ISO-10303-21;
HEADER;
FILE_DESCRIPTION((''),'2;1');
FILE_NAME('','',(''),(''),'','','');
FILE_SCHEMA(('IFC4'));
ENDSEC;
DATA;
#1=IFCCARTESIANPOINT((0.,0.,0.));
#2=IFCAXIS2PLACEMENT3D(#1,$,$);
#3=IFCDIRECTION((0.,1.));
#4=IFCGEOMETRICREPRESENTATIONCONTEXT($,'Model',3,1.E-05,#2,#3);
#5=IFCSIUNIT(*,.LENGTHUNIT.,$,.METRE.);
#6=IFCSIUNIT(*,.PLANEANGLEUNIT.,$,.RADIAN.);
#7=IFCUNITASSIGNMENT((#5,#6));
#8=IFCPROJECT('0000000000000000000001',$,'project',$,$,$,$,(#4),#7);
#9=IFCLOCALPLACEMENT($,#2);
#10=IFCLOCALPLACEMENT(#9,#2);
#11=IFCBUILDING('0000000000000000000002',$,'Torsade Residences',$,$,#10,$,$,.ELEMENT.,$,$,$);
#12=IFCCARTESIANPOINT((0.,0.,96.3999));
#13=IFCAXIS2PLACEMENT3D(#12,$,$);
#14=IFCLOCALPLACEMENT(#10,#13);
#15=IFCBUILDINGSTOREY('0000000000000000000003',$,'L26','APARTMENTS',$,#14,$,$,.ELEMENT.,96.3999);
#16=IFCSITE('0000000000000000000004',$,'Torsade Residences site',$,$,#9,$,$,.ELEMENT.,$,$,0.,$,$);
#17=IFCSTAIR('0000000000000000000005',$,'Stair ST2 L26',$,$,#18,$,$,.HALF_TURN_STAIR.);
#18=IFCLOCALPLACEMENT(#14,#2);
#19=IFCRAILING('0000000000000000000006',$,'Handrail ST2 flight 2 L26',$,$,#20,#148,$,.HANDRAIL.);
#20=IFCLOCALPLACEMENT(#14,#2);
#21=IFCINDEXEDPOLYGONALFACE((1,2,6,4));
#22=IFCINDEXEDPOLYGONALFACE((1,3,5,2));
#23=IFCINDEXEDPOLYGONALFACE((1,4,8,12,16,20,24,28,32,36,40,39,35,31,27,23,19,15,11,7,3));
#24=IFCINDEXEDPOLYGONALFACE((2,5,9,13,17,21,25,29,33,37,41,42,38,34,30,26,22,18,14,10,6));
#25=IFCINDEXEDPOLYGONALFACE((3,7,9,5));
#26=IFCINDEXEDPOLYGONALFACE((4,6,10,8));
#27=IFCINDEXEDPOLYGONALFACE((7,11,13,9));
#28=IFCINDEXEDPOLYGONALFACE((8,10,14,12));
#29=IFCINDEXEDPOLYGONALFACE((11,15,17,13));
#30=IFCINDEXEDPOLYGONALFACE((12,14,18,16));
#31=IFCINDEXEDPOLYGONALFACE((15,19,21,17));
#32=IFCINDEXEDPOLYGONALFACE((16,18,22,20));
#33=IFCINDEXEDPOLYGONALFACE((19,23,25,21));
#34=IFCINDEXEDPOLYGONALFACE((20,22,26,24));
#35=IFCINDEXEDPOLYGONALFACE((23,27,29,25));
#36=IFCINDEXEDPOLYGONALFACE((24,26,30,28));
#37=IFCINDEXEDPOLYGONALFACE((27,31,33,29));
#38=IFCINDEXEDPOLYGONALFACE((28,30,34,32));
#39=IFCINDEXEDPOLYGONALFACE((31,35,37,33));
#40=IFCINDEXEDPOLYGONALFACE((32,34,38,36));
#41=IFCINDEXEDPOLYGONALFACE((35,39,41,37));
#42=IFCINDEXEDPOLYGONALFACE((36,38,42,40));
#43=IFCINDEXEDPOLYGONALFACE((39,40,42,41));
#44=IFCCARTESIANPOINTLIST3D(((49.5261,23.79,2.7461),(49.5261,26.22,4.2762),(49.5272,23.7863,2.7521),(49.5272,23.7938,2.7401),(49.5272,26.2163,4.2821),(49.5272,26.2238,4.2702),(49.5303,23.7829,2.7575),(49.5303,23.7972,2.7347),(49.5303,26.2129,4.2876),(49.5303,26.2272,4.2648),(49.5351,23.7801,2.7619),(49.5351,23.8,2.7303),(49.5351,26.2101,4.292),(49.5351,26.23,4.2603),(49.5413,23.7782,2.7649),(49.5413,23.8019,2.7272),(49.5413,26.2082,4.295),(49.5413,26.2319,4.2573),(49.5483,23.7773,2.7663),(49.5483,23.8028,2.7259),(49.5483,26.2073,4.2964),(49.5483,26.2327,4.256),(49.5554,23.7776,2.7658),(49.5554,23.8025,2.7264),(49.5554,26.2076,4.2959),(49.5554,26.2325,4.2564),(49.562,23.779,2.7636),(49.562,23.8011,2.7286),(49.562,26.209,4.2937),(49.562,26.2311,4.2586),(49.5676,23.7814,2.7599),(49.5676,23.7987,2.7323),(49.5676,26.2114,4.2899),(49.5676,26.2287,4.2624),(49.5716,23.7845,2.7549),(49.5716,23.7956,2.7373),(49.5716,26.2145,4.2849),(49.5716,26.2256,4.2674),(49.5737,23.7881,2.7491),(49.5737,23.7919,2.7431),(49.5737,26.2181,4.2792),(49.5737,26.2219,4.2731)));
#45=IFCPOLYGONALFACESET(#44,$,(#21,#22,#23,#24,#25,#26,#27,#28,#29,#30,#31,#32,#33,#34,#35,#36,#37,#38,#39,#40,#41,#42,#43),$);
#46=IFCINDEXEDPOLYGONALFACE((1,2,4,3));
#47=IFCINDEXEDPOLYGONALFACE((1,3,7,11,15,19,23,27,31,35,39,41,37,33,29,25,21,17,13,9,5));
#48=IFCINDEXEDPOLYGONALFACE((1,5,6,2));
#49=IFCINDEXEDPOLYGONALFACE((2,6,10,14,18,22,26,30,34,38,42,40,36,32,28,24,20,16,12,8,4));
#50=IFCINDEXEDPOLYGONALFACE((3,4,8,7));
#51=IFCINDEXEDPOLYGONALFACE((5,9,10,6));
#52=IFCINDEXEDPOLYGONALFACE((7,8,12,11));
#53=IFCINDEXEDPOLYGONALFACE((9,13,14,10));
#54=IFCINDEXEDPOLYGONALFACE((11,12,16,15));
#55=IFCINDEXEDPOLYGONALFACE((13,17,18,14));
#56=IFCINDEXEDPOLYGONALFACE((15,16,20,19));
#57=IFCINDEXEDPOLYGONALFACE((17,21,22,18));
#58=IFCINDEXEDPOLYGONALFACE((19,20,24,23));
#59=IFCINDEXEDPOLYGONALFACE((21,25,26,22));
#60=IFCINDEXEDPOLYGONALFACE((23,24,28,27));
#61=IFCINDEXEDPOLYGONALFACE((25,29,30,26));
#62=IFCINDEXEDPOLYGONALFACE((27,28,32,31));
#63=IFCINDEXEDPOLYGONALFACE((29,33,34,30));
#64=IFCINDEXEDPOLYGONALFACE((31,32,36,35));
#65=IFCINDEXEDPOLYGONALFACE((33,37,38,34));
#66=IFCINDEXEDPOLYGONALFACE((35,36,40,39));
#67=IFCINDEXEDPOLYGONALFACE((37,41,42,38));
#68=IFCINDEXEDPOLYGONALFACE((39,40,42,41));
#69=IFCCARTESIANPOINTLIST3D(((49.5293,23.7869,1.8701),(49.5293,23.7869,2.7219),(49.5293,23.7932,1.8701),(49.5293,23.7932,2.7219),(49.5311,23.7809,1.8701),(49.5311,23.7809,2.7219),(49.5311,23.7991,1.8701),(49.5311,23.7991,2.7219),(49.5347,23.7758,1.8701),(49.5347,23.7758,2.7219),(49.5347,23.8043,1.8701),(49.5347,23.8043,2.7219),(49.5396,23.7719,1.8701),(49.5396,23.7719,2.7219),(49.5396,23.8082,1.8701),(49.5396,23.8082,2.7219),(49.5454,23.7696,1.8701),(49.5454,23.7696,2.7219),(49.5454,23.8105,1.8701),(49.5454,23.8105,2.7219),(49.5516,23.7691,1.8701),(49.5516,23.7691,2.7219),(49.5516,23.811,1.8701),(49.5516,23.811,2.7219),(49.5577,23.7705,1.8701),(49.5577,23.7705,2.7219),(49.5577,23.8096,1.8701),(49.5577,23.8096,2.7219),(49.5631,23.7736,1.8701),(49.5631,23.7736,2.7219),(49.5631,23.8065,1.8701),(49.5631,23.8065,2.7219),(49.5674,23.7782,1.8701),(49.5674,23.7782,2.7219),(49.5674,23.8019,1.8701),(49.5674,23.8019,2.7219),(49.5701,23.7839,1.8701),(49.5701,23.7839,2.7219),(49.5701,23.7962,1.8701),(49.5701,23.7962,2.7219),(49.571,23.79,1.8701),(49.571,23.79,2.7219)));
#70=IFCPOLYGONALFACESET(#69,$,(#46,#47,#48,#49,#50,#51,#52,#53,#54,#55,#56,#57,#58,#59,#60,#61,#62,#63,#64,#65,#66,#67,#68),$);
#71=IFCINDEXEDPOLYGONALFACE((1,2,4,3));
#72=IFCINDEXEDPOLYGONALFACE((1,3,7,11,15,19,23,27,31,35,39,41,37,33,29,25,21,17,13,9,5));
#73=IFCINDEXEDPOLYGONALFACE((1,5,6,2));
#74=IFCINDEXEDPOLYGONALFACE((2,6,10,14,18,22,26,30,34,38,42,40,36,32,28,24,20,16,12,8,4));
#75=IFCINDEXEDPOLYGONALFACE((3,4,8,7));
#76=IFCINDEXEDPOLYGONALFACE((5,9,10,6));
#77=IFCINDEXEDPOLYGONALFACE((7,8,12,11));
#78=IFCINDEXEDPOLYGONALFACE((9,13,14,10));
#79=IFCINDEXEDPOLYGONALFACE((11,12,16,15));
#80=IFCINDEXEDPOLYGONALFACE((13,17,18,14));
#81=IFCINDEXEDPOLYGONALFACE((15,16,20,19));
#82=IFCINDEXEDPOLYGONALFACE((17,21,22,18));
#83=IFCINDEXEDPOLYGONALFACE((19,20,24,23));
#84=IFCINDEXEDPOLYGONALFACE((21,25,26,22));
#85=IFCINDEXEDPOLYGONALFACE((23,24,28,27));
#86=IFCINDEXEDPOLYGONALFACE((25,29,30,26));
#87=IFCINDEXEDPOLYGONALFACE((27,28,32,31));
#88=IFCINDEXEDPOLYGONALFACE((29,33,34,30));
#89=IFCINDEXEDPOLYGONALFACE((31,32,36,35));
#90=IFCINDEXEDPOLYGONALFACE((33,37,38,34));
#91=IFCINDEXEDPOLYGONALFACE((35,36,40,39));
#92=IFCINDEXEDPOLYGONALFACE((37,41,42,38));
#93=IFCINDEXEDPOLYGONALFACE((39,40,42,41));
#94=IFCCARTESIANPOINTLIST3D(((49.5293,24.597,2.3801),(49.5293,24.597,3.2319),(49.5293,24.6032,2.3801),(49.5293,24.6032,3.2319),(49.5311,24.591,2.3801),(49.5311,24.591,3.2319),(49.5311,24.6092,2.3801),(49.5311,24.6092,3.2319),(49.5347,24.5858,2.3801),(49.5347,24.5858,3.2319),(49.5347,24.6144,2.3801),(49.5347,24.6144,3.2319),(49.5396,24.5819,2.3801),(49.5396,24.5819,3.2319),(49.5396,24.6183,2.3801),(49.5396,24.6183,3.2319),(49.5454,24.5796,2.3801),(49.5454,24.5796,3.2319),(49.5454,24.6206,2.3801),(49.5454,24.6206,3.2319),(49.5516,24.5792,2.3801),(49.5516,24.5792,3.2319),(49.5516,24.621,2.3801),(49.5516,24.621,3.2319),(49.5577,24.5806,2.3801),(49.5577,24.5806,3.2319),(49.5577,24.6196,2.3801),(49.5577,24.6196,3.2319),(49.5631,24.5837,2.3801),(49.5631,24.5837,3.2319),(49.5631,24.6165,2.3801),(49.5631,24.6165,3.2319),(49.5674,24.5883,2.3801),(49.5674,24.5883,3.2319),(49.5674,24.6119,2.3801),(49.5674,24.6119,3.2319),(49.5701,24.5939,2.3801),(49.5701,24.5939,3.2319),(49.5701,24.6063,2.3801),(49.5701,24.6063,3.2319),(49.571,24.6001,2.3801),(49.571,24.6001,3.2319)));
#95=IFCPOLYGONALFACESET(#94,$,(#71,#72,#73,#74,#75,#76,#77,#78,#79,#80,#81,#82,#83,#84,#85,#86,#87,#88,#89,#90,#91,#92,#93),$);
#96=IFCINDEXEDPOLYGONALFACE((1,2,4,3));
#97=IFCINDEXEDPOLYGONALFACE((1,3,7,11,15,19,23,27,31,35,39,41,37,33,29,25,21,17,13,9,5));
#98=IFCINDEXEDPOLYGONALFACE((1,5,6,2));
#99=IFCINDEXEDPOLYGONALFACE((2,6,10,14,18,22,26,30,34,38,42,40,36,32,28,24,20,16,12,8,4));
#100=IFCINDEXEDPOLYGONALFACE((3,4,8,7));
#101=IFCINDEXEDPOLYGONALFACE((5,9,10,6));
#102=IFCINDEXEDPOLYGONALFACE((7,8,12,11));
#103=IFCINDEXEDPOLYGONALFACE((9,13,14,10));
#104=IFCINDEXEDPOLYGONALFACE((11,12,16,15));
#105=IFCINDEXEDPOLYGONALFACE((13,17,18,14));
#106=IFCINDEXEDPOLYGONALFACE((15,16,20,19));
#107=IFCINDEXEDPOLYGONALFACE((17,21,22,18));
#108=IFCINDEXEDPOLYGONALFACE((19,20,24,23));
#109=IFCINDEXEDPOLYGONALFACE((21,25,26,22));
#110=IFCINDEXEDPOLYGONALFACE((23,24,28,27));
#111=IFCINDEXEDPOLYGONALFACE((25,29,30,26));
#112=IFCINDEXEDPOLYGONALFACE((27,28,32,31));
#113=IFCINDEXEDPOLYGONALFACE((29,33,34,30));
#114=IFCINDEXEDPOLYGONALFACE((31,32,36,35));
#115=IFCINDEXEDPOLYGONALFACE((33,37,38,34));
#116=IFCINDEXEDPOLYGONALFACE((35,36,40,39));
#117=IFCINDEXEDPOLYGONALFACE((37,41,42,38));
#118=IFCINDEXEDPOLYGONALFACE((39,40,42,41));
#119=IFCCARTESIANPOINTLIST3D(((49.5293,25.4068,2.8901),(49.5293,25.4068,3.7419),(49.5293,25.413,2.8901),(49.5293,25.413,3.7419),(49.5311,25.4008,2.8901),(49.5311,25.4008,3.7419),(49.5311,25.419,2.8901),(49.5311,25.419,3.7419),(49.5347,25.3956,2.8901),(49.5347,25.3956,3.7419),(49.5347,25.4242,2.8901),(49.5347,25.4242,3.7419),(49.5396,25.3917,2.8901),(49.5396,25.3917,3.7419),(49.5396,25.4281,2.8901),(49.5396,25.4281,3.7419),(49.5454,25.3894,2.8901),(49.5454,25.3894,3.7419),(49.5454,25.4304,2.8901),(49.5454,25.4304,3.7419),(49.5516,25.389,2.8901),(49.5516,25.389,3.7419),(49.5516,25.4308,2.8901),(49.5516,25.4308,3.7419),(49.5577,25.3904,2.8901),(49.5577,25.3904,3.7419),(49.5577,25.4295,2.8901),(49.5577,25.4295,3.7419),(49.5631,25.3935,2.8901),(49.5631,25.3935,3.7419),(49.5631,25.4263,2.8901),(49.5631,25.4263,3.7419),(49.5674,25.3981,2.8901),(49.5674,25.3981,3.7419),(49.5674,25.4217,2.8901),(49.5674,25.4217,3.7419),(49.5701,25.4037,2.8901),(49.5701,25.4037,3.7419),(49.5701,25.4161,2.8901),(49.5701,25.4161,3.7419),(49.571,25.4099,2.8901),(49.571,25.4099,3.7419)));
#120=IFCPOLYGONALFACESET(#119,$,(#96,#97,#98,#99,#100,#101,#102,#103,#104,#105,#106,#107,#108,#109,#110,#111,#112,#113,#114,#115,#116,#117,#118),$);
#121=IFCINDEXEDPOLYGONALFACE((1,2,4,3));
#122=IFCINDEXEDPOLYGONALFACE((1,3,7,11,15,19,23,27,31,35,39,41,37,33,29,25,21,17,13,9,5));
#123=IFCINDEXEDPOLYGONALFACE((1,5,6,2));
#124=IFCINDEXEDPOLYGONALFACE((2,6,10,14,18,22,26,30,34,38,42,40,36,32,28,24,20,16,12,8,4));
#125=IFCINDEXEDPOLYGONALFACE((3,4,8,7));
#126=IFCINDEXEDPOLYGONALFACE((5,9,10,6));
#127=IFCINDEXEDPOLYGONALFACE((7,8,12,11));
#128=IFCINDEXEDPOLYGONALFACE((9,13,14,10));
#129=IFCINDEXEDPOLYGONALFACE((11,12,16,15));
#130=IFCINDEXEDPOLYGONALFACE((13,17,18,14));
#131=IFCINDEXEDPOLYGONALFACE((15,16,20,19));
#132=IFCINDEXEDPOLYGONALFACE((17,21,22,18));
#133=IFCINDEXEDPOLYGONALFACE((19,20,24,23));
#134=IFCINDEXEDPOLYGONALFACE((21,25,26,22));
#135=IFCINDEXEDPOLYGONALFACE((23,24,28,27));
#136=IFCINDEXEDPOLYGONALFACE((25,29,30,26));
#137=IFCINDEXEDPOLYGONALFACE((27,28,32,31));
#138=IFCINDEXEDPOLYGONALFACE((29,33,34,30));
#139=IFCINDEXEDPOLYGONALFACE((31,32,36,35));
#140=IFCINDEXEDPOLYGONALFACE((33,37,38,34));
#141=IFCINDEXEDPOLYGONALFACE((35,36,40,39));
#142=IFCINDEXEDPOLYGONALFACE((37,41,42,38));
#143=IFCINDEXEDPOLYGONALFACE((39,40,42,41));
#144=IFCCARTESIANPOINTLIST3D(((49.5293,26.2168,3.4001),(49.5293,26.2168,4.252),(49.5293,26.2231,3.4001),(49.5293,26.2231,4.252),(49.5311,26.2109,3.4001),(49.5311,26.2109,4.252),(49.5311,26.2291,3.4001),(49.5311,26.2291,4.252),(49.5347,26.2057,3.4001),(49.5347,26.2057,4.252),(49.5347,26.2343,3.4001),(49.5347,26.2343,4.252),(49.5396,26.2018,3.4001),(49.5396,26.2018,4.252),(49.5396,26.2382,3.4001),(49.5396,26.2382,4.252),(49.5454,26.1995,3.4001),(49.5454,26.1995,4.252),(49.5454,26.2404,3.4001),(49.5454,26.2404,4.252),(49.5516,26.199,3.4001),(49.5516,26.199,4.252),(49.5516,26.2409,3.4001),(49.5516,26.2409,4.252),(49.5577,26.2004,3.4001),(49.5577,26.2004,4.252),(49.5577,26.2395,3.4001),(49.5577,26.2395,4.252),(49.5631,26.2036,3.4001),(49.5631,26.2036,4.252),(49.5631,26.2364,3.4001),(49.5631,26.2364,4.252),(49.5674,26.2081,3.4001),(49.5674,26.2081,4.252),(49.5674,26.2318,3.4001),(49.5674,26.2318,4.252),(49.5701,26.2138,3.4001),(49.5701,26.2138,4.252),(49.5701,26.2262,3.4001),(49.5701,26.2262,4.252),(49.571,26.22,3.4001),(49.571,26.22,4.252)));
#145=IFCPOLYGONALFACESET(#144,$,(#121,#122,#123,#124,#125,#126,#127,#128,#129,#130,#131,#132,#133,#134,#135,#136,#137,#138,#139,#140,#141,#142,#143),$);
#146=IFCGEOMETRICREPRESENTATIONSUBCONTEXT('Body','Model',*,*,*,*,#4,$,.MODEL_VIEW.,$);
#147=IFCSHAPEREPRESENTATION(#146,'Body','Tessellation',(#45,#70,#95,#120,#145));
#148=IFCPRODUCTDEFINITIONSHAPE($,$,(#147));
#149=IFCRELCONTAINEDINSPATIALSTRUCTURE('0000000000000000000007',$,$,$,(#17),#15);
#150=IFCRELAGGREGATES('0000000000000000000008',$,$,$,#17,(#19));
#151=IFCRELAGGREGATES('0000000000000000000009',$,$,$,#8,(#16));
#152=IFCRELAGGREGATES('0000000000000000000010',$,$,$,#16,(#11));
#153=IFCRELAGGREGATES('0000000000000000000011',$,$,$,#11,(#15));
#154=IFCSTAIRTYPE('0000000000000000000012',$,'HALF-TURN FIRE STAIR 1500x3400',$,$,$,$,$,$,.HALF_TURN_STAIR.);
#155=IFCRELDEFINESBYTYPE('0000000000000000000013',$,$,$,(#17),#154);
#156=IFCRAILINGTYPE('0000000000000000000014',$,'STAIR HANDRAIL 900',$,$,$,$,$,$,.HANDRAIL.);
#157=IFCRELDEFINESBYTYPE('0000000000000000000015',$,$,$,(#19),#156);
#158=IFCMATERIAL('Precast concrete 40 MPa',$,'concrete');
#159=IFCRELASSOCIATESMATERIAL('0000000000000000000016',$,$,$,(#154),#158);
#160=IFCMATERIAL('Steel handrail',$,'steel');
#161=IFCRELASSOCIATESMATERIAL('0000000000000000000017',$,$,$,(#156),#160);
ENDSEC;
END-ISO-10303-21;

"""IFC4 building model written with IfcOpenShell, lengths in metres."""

from ifc_helpers import new_model, si_unit, direction, frame, origin, origin_2d, place, context, subcontext, project, spatial, circle, extrude, material, type_object, element, aggregate, save


model = new_model("IFC4")

# Units and contexts
model_context = context("Model", 3, precision=1e-05, world=origin(), true_north=direction((0.0, 1.0)))
body_context = subcontext(model_context, "Body", "Model", "MODEL_VIEW")
ifc_project = project(units=[si_unit("LENGTHUNIT", "METRE"), si_unit("PLANEANGLEUNIT", "RADIAN")], contexts=[model_context])

# Site, building, storey
site_placement = place(None, origin())
site = spatial("IfcSite", under=ifc_project, at=site_placement, Name="Torsade Residences site", CompositionType="ELEMENT", RefElevation=0.0)
building_placement = place(site_placement, origin())
building = spatial("IfcBuilding", under=site, at=building_placement, Name="Torsade Residences", CompositionType="ELEMENT")
storey_placement = place(building_placement, frame((0.0, 0.0, 96.3999)))
storey = spatial("IfcBuildingStorey", under=building, at=storey_placement, Name="L26", Description="APARTMENTS", CompositionType="ELEMENT", Elevation=96.3999)

# Stair, railing
ifc_material_1 = material(Name="Precast concrete 40 MPa", Category="concrete")
stair_type = type_object("IfcStairType", Name="HALF-TURN FIRE STAIR 1500x3400", PredefinedType="HALF_TURN_STAIR", material=ifc_material_1)
stair_placement = place(storey_placement, origin())
stair = element("IfcStair", 1, at=stair_placement, inside=storey, type_object=stair_type, Name="Stair ST2 L26", PredefinedType="HALF_TURN_STAIR")
ifc_material_2 = material(Name="Steel handrail", Category="steel")
railing_type = type_object("IfcRailingType", Name="STAIR HANDRAIL 900", PredefinedType="HANDRAIL", material=ifc_material_2)
railing_1_placement = place(storey_placement, frame((49.55, 23.79, 1.8701)))
railing_1 = element("IfcRailing", 2, at=railing_1_placement, type_object=railing_type, Name="Handrail ST2 flight 2 L26", PredefinedType="HANDRAIL", context=body_context, shape_type="SweptSolid", body=[
    extrude(circle(Radius=0.0239, at=origin_2d()), frame((0.0, 0.0, 0.876), z_axis=(0.0, 0.846221, 0.532831), x_axis=(-1.0, 0.0, 0.0)), (0.0, 0.0, 1.0), 2.8716),
    extrude(circle(Radius=0.021, at=origin_2d()), origin(), (0.0, 0.0, 1.0), 0.8518),
    extrude(circle(Radius=0.021, at=origin_2d()), frame((0.0, 0.8101, 0.51)), (0.0, 0.0, 1.0), 0.8518),
    extrude(circle(Radius=0.021, at=origin_2d()), frame((0.0, 1.6199, 1.02)), (0.0, 0.0, 1.0), 0.8518),
    extrude(circle(Radius=0.021, at=origin_2d()), frame((0.0, 2.4299, 1.53)), (0.0, 0.0, 1.0), 0.8518),
])
aggregate(stair, [railing_1])

save(model, "model.ifc")
